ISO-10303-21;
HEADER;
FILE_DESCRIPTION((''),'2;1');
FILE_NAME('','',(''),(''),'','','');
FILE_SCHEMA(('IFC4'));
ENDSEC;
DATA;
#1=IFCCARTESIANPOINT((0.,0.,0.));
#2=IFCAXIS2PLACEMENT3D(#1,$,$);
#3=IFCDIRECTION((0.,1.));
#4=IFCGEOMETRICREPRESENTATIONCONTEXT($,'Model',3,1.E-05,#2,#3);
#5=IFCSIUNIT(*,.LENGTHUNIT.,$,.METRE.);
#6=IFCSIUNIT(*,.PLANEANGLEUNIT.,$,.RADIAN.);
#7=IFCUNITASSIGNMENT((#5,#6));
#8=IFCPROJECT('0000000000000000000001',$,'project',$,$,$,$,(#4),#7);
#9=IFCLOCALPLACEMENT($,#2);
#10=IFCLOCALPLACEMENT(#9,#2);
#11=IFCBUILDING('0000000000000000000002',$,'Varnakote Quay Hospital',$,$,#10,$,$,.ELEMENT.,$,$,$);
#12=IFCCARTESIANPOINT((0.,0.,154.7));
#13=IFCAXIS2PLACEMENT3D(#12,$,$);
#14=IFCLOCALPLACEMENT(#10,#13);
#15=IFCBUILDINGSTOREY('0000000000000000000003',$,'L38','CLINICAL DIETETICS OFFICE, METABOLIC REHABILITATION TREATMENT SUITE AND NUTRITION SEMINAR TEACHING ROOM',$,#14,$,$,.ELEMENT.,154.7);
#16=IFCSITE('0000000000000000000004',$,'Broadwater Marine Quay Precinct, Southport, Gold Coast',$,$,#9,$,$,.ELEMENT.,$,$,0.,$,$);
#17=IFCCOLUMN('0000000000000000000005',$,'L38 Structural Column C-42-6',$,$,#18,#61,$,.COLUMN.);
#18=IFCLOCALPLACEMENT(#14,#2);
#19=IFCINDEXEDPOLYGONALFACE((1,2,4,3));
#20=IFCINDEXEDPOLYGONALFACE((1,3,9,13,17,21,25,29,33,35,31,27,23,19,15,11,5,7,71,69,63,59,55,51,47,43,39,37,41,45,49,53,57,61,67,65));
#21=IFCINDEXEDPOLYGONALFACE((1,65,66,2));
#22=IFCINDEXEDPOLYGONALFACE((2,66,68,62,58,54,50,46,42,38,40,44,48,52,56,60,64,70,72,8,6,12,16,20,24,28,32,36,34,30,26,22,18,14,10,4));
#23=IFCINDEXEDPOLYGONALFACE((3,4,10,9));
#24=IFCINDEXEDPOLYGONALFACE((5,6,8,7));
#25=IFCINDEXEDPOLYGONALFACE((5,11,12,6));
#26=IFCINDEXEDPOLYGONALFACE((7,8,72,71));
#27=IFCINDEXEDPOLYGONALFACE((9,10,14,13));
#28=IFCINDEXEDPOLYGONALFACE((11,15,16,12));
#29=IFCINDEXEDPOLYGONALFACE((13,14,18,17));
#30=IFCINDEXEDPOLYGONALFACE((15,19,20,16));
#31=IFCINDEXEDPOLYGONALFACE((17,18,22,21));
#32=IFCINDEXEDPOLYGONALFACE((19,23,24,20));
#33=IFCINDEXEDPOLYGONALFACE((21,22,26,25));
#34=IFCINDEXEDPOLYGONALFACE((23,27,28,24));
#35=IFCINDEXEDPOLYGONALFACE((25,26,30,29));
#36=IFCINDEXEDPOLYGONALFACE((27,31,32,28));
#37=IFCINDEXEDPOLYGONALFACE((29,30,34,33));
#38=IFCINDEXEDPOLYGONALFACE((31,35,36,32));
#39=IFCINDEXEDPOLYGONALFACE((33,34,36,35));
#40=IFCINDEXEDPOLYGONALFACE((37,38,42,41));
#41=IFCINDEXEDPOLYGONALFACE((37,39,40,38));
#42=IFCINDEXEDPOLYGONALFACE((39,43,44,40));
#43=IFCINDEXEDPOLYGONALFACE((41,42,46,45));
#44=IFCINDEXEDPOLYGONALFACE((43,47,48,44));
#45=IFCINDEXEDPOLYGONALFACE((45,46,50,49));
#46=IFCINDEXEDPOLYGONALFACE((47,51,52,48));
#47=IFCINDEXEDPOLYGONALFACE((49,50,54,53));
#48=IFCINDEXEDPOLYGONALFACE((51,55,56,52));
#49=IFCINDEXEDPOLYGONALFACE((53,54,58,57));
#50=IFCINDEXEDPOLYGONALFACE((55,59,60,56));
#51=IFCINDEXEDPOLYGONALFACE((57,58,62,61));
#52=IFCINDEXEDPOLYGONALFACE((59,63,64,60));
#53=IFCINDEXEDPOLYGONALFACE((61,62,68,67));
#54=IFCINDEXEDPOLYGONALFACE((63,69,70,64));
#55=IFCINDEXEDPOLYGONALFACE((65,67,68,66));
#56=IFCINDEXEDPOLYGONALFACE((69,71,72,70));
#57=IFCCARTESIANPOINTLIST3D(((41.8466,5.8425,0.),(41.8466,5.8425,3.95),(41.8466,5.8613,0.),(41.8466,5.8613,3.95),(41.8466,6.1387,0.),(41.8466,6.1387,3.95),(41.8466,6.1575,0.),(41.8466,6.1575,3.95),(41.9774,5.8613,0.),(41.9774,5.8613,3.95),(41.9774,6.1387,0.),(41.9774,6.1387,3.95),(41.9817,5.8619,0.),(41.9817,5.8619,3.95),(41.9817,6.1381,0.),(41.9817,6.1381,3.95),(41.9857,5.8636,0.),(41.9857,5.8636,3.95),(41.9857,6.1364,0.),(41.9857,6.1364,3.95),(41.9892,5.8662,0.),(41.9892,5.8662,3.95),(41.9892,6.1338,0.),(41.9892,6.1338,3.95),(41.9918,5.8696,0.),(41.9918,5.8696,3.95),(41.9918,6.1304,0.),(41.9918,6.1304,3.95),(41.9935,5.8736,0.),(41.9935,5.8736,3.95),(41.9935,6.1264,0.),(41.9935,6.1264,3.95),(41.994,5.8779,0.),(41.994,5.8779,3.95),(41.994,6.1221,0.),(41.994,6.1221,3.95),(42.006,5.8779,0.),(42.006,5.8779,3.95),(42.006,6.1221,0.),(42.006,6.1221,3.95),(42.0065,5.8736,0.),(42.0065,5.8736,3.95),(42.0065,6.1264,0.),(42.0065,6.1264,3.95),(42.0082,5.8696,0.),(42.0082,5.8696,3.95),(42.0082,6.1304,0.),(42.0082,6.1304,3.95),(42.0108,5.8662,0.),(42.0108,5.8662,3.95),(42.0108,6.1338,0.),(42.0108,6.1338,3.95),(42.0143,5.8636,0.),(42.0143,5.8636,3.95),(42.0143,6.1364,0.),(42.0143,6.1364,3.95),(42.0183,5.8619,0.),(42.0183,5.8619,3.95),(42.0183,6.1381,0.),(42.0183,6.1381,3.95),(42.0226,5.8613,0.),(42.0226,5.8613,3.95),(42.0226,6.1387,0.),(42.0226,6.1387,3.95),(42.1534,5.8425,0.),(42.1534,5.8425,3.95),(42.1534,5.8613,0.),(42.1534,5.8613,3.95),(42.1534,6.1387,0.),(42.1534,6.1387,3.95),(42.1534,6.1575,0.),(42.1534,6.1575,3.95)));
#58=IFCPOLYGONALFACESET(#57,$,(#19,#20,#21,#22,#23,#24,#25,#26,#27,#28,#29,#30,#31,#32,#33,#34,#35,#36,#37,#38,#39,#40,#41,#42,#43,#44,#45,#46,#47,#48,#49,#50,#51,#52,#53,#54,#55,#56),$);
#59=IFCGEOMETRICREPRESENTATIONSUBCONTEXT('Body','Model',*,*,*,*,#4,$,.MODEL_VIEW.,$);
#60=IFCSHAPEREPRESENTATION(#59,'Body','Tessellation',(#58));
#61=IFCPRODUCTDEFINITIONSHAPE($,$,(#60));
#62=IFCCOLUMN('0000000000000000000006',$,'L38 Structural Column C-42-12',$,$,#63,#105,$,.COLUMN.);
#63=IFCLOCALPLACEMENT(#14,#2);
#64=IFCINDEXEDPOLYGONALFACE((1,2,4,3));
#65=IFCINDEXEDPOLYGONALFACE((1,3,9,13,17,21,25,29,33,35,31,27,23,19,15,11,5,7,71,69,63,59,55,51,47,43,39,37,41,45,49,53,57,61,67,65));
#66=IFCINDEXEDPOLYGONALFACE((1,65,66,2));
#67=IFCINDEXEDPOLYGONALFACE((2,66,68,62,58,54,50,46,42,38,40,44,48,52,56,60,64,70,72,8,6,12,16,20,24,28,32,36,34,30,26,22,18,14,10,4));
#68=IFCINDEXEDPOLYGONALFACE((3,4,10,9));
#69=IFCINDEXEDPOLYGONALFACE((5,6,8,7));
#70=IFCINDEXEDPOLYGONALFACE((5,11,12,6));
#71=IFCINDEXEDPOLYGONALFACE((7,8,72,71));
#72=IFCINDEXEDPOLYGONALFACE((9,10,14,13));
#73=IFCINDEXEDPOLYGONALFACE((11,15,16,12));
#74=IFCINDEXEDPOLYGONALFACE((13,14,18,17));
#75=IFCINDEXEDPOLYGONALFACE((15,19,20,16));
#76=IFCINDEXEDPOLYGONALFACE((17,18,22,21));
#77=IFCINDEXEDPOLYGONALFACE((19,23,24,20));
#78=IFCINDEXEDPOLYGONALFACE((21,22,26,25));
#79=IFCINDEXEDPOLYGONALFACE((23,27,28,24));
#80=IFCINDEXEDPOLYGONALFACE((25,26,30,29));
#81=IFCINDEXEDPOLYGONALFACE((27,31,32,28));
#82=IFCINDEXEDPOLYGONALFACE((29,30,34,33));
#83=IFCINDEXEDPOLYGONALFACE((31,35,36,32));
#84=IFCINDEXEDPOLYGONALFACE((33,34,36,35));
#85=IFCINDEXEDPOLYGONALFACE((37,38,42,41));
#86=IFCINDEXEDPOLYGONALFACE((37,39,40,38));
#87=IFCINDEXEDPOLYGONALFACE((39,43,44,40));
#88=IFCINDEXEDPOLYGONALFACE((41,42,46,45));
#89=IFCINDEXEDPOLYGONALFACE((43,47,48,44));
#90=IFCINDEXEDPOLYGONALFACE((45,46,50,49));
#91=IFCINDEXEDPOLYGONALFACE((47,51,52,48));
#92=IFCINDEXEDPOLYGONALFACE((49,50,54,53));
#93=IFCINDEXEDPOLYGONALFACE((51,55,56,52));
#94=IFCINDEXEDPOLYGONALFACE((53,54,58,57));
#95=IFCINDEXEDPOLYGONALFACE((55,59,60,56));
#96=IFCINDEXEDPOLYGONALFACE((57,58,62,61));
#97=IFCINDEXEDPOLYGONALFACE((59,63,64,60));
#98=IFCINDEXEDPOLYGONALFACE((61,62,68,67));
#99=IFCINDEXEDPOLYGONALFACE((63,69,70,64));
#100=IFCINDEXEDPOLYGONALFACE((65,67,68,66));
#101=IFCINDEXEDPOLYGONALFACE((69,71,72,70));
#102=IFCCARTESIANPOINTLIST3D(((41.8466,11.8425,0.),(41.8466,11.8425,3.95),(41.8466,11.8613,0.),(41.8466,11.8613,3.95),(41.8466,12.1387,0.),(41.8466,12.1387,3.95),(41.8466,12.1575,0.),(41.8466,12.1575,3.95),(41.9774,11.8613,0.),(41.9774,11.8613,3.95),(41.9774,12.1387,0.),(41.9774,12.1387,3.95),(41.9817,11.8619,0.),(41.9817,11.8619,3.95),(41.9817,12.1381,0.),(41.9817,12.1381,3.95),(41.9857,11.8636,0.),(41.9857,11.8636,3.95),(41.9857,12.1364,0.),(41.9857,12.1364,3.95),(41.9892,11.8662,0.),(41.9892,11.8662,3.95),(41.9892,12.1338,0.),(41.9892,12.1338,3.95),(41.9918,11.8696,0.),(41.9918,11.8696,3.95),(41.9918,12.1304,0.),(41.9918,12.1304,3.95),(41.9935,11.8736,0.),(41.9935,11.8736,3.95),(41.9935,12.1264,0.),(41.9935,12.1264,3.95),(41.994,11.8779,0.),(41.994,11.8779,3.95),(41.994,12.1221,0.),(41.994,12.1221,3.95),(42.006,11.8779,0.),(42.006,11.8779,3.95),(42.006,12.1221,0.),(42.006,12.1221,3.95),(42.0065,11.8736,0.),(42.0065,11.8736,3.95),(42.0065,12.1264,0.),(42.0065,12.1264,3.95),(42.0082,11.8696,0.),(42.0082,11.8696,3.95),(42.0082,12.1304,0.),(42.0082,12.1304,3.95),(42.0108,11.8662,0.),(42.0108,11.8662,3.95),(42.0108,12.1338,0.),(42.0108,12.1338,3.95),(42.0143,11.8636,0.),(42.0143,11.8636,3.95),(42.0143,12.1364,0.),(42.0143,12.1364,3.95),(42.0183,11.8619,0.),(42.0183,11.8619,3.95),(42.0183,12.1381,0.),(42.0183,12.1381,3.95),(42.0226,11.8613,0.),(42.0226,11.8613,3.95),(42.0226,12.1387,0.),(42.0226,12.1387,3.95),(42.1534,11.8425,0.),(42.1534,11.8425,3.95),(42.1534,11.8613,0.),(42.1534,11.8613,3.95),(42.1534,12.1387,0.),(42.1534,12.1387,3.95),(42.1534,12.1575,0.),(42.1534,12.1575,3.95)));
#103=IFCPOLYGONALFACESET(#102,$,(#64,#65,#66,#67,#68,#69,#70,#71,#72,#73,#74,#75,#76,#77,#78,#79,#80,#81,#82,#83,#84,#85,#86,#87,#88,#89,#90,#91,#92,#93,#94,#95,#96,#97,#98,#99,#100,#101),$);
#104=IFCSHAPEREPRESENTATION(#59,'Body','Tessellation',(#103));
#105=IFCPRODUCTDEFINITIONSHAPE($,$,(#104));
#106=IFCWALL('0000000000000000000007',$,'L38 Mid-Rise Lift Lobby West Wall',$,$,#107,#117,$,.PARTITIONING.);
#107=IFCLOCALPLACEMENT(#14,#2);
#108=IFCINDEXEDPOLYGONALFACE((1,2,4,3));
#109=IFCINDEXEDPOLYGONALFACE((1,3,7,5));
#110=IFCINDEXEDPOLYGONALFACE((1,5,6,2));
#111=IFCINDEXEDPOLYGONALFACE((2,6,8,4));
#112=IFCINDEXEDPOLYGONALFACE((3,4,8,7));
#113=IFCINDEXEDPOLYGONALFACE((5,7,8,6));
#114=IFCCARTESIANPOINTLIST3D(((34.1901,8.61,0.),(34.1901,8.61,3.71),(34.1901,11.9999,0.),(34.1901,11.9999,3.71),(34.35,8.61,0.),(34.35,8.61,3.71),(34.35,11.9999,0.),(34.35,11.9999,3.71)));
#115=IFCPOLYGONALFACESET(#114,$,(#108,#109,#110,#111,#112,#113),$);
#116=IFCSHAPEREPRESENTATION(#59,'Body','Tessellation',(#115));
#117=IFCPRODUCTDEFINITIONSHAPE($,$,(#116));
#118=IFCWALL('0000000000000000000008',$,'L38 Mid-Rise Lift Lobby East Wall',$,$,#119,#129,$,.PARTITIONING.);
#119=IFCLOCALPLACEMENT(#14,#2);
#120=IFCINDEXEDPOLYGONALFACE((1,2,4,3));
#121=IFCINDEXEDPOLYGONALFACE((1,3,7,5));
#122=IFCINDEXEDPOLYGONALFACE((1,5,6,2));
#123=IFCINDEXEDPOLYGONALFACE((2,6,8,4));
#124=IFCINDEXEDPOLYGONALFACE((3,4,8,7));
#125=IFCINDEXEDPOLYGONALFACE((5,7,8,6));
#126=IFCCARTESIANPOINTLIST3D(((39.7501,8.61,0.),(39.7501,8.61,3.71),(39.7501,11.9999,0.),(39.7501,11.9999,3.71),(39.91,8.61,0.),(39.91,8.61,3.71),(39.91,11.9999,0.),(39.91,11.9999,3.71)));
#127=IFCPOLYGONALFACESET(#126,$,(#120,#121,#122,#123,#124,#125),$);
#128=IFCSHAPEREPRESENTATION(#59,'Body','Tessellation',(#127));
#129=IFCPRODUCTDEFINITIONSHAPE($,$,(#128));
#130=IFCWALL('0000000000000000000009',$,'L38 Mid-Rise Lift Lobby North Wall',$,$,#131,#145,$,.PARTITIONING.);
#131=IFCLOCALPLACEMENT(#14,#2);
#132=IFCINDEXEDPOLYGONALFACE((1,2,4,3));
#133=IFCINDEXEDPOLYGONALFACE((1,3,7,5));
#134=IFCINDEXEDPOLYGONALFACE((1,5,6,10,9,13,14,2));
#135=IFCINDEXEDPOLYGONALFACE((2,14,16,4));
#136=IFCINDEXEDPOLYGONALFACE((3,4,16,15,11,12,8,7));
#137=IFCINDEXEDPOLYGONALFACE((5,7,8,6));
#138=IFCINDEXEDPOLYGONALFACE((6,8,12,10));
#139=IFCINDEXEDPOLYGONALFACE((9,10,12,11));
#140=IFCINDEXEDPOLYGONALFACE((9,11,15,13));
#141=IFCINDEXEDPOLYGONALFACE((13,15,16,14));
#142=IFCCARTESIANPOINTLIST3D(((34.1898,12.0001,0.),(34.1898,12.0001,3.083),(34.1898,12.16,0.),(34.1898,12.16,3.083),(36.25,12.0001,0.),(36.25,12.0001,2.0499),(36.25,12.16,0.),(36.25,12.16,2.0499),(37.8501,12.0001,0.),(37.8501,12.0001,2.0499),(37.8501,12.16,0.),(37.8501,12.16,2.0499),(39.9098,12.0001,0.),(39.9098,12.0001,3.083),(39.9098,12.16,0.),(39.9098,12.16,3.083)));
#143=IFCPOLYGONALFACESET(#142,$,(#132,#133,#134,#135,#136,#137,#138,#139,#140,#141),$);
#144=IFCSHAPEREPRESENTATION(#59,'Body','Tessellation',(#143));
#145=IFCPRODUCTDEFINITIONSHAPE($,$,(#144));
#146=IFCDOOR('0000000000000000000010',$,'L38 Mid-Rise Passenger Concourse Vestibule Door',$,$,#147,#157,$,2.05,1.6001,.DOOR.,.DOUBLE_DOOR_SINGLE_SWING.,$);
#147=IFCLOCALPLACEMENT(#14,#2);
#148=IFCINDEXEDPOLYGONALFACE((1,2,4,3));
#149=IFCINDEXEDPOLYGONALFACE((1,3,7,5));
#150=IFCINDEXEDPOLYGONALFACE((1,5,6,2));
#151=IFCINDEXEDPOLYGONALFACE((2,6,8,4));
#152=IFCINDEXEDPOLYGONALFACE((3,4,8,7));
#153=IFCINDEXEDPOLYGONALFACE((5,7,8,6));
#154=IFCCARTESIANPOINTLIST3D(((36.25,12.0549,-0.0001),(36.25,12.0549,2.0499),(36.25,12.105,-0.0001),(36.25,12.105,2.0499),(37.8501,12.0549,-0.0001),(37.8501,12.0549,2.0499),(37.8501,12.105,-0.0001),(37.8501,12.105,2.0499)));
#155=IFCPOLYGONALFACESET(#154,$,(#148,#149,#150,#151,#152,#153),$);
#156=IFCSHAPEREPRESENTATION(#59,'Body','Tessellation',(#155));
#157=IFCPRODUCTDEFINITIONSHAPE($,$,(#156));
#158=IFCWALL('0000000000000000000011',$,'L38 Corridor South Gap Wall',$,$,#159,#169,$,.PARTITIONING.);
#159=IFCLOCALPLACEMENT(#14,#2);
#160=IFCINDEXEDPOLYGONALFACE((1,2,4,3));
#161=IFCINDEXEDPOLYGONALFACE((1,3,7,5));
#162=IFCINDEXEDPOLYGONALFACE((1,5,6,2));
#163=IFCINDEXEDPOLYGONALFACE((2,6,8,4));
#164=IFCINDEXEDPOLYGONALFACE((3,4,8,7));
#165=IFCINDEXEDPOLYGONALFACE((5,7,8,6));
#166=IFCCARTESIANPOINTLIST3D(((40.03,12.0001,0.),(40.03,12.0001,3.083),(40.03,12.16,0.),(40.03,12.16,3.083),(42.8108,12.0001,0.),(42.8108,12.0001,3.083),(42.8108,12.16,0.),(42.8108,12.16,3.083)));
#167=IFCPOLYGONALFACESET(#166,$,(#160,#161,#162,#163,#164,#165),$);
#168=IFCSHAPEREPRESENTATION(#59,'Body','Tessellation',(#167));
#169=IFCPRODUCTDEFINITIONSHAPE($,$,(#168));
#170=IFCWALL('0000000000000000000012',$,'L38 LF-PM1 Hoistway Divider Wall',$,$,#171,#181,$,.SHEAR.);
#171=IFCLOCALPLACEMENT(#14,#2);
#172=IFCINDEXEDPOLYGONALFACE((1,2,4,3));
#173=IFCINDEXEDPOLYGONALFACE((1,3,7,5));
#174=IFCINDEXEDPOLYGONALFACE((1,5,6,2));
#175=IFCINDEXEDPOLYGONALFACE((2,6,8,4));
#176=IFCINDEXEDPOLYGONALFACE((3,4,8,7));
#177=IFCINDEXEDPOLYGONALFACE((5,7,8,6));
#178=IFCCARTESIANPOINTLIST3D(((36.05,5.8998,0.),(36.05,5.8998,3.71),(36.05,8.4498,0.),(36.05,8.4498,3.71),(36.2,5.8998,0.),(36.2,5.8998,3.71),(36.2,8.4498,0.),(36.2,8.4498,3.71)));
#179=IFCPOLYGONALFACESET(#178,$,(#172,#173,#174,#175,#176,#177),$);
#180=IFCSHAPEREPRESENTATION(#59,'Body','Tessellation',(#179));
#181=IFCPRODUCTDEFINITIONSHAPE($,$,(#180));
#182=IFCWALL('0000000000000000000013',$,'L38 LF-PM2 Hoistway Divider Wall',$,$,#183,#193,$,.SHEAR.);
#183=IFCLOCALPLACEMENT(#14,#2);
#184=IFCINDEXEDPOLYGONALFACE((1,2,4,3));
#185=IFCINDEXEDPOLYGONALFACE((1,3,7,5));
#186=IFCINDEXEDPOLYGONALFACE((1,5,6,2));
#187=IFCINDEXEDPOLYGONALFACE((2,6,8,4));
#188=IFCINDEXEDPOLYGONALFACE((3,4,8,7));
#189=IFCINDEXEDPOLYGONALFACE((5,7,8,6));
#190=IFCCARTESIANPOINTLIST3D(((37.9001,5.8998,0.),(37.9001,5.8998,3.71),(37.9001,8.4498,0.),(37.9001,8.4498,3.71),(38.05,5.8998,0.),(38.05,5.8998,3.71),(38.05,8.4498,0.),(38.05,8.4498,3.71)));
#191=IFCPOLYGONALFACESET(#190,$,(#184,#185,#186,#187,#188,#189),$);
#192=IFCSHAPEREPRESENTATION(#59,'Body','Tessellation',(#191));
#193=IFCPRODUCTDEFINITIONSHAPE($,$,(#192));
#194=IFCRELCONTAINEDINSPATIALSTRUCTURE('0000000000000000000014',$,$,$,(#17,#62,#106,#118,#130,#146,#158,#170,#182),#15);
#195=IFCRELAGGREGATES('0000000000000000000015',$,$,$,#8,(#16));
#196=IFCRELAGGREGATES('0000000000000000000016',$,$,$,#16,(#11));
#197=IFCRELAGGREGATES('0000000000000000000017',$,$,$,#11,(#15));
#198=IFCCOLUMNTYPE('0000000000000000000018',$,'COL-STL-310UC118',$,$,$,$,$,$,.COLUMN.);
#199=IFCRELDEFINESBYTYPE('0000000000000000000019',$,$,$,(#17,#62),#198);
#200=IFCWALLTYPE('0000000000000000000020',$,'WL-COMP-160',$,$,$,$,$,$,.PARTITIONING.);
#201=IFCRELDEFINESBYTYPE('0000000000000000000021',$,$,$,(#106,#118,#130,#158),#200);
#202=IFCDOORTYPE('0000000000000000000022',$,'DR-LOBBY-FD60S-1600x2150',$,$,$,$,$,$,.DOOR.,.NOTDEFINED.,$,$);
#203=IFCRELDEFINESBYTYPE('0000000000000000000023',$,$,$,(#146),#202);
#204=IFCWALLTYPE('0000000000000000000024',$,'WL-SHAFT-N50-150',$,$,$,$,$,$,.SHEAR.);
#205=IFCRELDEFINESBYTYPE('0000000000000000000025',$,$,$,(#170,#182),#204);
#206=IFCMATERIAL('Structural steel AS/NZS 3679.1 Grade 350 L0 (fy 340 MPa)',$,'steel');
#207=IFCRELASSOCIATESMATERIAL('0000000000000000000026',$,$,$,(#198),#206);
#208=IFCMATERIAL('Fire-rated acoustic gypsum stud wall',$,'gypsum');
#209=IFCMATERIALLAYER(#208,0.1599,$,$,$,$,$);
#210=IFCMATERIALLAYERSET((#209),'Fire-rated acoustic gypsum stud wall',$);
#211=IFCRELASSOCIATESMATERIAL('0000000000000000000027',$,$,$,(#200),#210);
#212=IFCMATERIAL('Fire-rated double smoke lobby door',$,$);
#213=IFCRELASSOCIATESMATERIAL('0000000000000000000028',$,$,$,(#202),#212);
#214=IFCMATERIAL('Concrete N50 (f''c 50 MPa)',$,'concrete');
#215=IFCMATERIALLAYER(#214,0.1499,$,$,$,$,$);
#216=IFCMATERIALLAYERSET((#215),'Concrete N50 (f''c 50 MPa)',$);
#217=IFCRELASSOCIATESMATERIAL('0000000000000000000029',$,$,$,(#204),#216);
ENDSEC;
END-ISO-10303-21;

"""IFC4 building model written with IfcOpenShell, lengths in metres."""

from ifc_helpers import new_model, si_unit, direction, frame, frame_2d, origin, origin_2d, place, context, subcontext, project, spatial, rectangle, i_section, extrude, material, layer, layer_set, material_profile, profile_set, type_object, element, fill, save


model = new_model("IFC4")

# Units and contexts
model_context = context("Model", 3, precision=1e-05, world=origin(), true_north=direction((0.0, 1.0)))
body_context = subcontext(model_context, "Body", "Model", "MODEL_VIEW")
ifc_project = project(units=[si_unit("LENGTHUNIT", "METRE"), si_unit("PLANEANGLEUNIT", "RADIAN")], contexts=[model_context])

# Site, building, storey
site_placement = place(None, origin())
site = spatial("IfcSite", under=ifc_project, at=site_placement, Name="Broadwater Marine Quay Precinct, Southport, Gold Coast", CompositionType="ELEMENT", RefElevation=0.0)
building_placement = place(site_placement, origin())
building = spatial("IfcBuilding", under=site, at=building_placement, Name="Varnakote Quay Hospital", CompositionType="ELEMENT")
storey_placement = place(building_placement, frame((0.0, 0.0, 154.7)))
storey = spatial("IfcBuildingStorey", under=building, at=storey_placement, Name="L38", Description="CLINICAL DIETETICS OFFICE, METABOLIC REHABILITATION TREATMENT SUITE AND NUTRITION SEMINAR TEACHING ROOM", CompositionType="ELEMENT", Elevation=154.7)

# Columns
ifc_material_1 = material(Name="Structural steel AS/NZS 3679.1 Grade 350 L0 (fy 340 MPa)", Category="steel")
ifc_material_profile = material_profile(ifc_material_1, i_section(OverallWidth=0.3069, OverallDepth=0.3149, WebThickness=0.012, FlangeThickness=0.0188, FilletRadius=0.0166, at=origin_2d()), Name="310UC118")
ifc_profile_set = profile_set([ifc_material_profile], Name="Structural steel AS/NZS 3679.1 Grade 350 L0 (fy 340 MPa)")
column_type = type_object("IfcColumnType", Name="COL-STL-310UC118", PredefinedType="COLUMN", material=ifc_profile_set)
for number, where, z_axis, x_axis, name in (
    (1, (42.0, 6.0, 0.0), (0.0, 0.0, 1.0), (1.0, 0.0, 0.0), "L38 Structural Column C-42-6"),
    (2, (42.0, 12.0, 0.0), (0.0, 0.0, 1.0), (1.0, 0.0, 0.0), "L38 Structural Column C-42-12"),
):
    element("IfcColumn", number, at=place(storey_placement, frame(where, z_axis=z_axis, x_axis=x_axis)), inside=storey, type_object=column_type, Name=name, PredefinedType="COLUMN", context=body_context, shape_type="SweptSolid", body=[
        extrude(i_section(OverallWidth=0.3069, OverallDepth=0.3149, WebThickness=0.012, FlangeThickness=0.0188, FilletRadius=0.0166, at=origin_2d()), origin(), (0.0, 0.0, 1.0), 3.95),
    ])

# Walls
ifc_material_2 = material(Name="Fire-rated acoustic gypsum stud wall", Category="gypsum")
ifc_layer_1 = layer(ifc_material_2, 0.1599)
ifc_layer_set_1 = layer_set([ifc_layer_1], Name="Fire-rated acoustic gypsum stud wall")
wall_type_1 = type_object("IfcWallType", Name="WL-COMP-160", PredefinedType="PARTITIONING", material=ifc_layer_set_1)
for number, where, z_axis, x_axis, name in (
    (3, (34.27, 8.6101, 0.0), (0.0, 0.0, 1.0), (0.0, 1.0, 0.0), "L38 Mid-Rise Lift Lobby West Wall"),
    (4, (39.8301, 8.6101, 0.0), (0.0, 0.0, 1.0), (0.0, 1.0, 0.0), "L38 Mid-Rise Lift Lobby East Wall"),
):
    element("IfcWall", number, at=place(storey_placement, frame(where, z_axis=z_axis, x_axis=x_axis)), inside=storey, type_object=wall_type_1, Name=name, PredefinedType="PARTITIONING", context=body_context, shape_type="SweptSolid", body=[
        extrude(rectangle(XDim=3.3899, YDim=0.1599, at=frame_2d((1.6948, 0.0))), origin(), (0.0, 0.0, 1.0), 3.71),
    ])

# Wall, opening, door
wall_1_placement = place(storey_placement, frame((34.1899, 12.0801, 0.0), z_axis=(0.0, 0.0, 1.0), x_axis=(1.0, 0.0, 0.0)))
wall_1 = element("IfcWall", 5, at=wall_1_placement, inside=storey, type_object=wall_type_1, Name="L38 Mid-Rise Lift Lobby North Wall", PredefinedType="PARTITIONING", context=body_context, shape_type="SweptSolid", body=[
    extrude(rectangle(XDim=5.72, YDim=0.1599, at=frame_2d((2.8599, 0.0))), origin(), (0.0, 0.0, 1.0), 3.083),
])
opening_1_placement = place(wall_1_placement, frame((2.0601, 0.0, 0.0)))
opening_1 = element("IfcOpeningElement", 6, at=opening_1_placement, cuts=wall_1, PredefinedType="OPENING", context=body_context, shape_type="SweptSolid", body=[
    extrude(rectangle(XDim=1.6001, YDim=2.05, at=frame_2d((0.8, 1.0249))), frame((0.0, 0.0898, 0.0), z_axis=(0.0, -1.0, 0.0), x_axis=(1.0, 0.0, 0.0)), (0.0, 0.0, 1.0), 0.1799),
])
ifc_material_3 = material(Name="Fire-rated double smoke lobby door")
door_type_1 = type_object("IfcDoorType", Name="DR-LOBBY-FD60S-1600x2150", OperationType="NOTDEFINED", PredefinedType="DOOR", material=ifc_material_3)
door_1_placement = place(opening_1_placement, origin())
door_1 = element("IfcDoor", 7, at=door_1_placement, inside=storey, type_object=door_type_1, Name="L38 Mid-Rise Passenger Concourse Vestibule Door", OperationType="DOUBLE_DOOR_SINGLE_SWING", OverallHeight=2.05, OverallWidth=1.6001, PredefinedType="DOOR", context=body_context, shape_type="SweptSolid", body=[
    extrude(rectangle(XDim=1.6001, YDim=2.05, at=frame_2d((0.8, 1.0249))), frame((0.0, 0.0249, 0.0), z_axis=(0.0, -1.0, 0.0), x_axis=(1.0, 0.0, 0.0)), (0.0, 0.0, 1.0), 0.05),
])
fill(opening_1, door_1)

# Walls
wall_2_placement = place(storey_placement, frame((40.03, 12.0801, 0.0), z_axis=(0.0, 0.0, 1.0), x_axis=(1.0, 0.0, 0.0)))
element("IfcWall", 8, at=wall_2_placement, inside=storey, type_object=wall_type_1, Name="L38 Corridor South Gap Wall", PredefinedType="PARTITIONING", context=body_context, shape_type="SweptSolid", body=[
    extrude(rectangle(XDim=2.7808, YDim=0.1599, at=frame_2d((1.3904, 0.0))), origin(), (0.0, 0.0, 1.0), 3.083),
])
ifc_material_4 = material(Name="Concrete N50 (f'c 50 MPa)", Category="concrete")
ifc_layer_2 = layer(ifc_material_4, 0.1499)
ifc_layer_set_2 = layer_set([ifc_layer_2], Name="Concrete N50 (f'c 50 MPa)")
wall_type_2 = type_object("IfcWallType", Name="WL-SHAFT-N50-150", PredefinedType="SHEAR", material=ifc_layer_set_2)
for number, where, z_axis, x_axis, name in (
    (9, (36.125, 5.8999, 0.0), (0.0, 0.0, 1.0), (0.0, 1.0, 0.0), "L38 LF-PM1 Hoistway Divider Wall"),
    (10, (37.9751, 5.8999, 0.0), (0.0, 0.0, 1.0), (0.0, 1.0, 0.0), "L38 LF-PM2 Hoistway Divider Wall"),
):
    element("IfcWall", number, at=place(storey_placement, frame(where, z_axis=z_axis, x_axis=x_axis)), inside=storey, type_object=wall_type_2, Name=name, PredefinedType="SHEAR", context=body_context, shape_type="SweptSolid", body=[
        extrude(rectangle(XDim=2.55, YDim=0.1499, at=frame_2d((1.2749, 0.0))), origin(), (0.0, 0.0, 1.0), 3.71),
    ])

save(model, "model.ifc")
